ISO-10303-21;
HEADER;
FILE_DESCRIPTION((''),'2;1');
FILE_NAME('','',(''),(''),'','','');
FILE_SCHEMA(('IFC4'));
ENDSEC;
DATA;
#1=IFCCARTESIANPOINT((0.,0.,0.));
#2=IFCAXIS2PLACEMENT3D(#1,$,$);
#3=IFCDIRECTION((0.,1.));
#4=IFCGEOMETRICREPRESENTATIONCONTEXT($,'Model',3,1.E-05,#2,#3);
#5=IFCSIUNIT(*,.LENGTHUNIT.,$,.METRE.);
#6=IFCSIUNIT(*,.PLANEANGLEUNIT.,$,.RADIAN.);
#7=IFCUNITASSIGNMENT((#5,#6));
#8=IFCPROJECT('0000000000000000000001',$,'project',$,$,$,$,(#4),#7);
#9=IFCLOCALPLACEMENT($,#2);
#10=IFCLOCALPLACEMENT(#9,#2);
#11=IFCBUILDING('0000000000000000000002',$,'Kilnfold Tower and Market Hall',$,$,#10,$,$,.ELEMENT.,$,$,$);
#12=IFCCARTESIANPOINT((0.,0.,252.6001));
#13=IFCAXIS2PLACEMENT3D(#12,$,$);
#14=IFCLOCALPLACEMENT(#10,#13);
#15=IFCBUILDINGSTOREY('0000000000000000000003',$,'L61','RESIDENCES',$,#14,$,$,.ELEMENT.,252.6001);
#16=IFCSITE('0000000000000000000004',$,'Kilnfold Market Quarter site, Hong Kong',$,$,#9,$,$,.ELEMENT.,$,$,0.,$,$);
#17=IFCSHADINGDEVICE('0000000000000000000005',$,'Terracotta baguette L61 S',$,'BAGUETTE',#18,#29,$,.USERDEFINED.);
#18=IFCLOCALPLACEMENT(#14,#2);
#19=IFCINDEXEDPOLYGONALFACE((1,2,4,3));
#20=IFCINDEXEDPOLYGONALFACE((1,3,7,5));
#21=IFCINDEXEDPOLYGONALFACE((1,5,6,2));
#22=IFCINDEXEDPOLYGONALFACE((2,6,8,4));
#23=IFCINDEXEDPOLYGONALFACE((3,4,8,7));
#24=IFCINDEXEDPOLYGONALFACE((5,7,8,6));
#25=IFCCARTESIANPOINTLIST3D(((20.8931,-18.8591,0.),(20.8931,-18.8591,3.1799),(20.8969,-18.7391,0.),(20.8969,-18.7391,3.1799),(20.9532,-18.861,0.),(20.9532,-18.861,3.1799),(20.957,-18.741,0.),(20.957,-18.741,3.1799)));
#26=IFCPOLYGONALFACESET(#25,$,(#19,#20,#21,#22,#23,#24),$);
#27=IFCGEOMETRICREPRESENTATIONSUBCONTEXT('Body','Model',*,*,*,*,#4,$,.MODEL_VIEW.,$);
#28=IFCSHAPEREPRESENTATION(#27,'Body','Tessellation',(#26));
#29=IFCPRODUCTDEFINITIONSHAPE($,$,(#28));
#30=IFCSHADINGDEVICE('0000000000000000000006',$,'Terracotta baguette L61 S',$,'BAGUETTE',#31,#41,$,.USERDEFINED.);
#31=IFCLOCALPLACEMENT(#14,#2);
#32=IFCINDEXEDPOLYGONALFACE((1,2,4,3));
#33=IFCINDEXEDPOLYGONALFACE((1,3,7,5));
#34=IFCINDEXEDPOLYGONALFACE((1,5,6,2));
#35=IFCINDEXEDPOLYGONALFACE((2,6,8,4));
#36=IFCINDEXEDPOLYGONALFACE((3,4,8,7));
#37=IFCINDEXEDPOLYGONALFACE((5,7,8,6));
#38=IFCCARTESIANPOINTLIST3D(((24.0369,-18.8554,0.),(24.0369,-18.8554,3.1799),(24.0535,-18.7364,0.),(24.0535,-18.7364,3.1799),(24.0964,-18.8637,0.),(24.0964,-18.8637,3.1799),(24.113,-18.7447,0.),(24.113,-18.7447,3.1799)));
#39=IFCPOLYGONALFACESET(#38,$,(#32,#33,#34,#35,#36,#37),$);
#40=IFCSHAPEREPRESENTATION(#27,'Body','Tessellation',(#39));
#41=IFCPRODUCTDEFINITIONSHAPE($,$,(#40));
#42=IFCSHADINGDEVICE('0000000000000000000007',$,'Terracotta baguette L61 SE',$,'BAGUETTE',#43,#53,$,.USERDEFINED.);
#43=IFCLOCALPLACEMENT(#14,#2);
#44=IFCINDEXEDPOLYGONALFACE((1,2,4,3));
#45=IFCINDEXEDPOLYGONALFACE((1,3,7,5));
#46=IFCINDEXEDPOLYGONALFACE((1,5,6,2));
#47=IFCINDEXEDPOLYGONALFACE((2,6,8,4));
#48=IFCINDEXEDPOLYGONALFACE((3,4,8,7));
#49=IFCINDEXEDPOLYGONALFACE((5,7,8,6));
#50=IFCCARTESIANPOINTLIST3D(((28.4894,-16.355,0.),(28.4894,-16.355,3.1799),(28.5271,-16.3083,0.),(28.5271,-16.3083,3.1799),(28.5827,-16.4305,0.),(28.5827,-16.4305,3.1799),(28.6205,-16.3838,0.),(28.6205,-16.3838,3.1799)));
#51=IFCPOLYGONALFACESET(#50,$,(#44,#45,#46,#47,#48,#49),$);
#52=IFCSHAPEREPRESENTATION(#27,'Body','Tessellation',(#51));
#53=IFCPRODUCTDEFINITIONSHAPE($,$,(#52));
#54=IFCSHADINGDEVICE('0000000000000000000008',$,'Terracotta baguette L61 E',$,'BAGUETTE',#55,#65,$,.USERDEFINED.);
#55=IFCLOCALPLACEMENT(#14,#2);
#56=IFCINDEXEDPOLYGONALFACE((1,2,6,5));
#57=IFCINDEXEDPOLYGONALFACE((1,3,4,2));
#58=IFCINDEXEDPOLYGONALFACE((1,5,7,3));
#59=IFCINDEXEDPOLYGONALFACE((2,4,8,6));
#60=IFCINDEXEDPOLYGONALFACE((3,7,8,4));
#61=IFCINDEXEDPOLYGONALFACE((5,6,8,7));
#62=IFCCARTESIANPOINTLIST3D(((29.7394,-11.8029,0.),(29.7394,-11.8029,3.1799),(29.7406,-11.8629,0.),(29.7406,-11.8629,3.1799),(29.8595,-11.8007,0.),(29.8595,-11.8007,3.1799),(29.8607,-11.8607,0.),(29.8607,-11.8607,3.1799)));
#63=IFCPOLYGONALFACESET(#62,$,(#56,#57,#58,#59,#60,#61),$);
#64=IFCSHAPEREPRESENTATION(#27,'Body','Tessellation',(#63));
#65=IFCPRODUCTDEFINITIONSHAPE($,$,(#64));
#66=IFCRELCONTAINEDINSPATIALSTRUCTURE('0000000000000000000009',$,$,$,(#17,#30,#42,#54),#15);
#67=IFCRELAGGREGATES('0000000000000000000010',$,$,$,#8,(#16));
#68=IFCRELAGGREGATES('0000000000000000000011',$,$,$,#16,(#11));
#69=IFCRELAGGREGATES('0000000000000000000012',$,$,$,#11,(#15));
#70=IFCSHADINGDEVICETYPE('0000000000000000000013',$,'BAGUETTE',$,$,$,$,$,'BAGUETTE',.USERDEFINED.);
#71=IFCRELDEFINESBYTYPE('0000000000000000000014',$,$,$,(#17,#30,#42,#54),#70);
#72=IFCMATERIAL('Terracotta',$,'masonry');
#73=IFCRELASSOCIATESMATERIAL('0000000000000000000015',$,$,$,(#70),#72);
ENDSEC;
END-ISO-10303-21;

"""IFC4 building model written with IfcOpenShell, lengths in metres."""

from ifc_helpers import new_model, si_unit, direction, frame, origin, origin_2d, place, context, subcontext, project, spatial, rectangle, extrude, source, transform, mapped, material, material_profile, profile_set, type_object, element, save


model = new_model("IFC4")

# Units and contexts
model_context = context("Model", 3, precision=1e-05, world=origin(), true_north=direction((0.0, 1.0)))
body_context = subcontext(model_context, "Body", "Model", "MODEL_VIEW")
ifc_project = project(units=[si_unit("LENGTHUNIT", "METRE"), si_unit("PLANEANGLEUNIT", "RADIAN")], contexts=[model_context])

# Site, building, storey
site_placement = place(None, origin())
site = spatial("IfcSite", under=ifc_project, at=site_placement, Name="Kilnfold Market Quarter site, Hong Kong", CompositionType="ELEMENT", RefElevation=0.0)
building_placement = place(site_placement, origin())
building = spatial("IfcBuilding", under=site, at=building_placement, Name="Kilnfold Tower and Market Hall", CompositionType="ELEMENT")
storey_placement = place(building_placement, frame((0.0, 0.0, 252.6001)))
storey = spatial("IfcBuildingStorey", under=building, at=storey_placement, Name="L61", Description="RESIDENCES", CompositionType="ELEMENT", Elevation=252.6001)

# Shading devices
ifc_material_1 = material(Name="Terracotta", Category="masonry")
ifc_material_profile_1 = material_profile(ifc_material_1, rectangle(XDim=0.0601, YDim=0.1201, at=origin_2d()), Name="BAG 60x120")
ifc_profile_set_1 = profile_set([ifc_material_profile_1], Name="Terracotta")
shading_device_type = type_object("IfcShadingDeviceType", Name="BAGUETTE", ElementType="BAGUETTE", PredefinedType="USERDEFINED", material=ifc_profile_set_1)
shared_shape_1 = source(origin(), body_context, "Body", "SweptSolid", [
    extrude(rectangle(XDim=0.0601, YDim=0.1201, at=origin_2d()), origin(), (0.0, 0.0, 1.0), 3.1799),
])
for number, where, z_axis, x_axis, name in (
    (1, (20.925, -18.8, 0.0), (0.0, 0.0, 1.0), (0.999496, -0.031735, 0.0), "Terracotta baguette L61 S"),
    (2, (24.075, -18.8, 0.0), (0.0, 0.0, 1.0), (0.990319, -0.138812, 0.0), "Terracotta baguette L61 S"),
    (3, (28.5549, -16.3694, 0.0), (0.0, 0.0, 1.0), (0.629012, 0.777395, 0.0), "Terracotta baguette L61 SE"),
    (4, (29.8, -11.8318, 0.0), (0.0, 0.0, 1.0), (-0.018496, 0.999829, 0.0), "Terracotta baguette L61 E"),
):
    element("IfcShadingDevice", number, at=place(storey_placement, frame(where, z_axis=z_axis, x_axis=x_axis)), inside=storey, type_object=shading_device_type, Name=name, ObjectType="BAGUETTE", PredefinedType="USERDEFINED", context=body_context, shape_type="MappedRepresentation", body=[
        mapped(shared_shape_1, transform((0.0, 0.0, 0.0))),
    ])

save(model, "model.ifc")
